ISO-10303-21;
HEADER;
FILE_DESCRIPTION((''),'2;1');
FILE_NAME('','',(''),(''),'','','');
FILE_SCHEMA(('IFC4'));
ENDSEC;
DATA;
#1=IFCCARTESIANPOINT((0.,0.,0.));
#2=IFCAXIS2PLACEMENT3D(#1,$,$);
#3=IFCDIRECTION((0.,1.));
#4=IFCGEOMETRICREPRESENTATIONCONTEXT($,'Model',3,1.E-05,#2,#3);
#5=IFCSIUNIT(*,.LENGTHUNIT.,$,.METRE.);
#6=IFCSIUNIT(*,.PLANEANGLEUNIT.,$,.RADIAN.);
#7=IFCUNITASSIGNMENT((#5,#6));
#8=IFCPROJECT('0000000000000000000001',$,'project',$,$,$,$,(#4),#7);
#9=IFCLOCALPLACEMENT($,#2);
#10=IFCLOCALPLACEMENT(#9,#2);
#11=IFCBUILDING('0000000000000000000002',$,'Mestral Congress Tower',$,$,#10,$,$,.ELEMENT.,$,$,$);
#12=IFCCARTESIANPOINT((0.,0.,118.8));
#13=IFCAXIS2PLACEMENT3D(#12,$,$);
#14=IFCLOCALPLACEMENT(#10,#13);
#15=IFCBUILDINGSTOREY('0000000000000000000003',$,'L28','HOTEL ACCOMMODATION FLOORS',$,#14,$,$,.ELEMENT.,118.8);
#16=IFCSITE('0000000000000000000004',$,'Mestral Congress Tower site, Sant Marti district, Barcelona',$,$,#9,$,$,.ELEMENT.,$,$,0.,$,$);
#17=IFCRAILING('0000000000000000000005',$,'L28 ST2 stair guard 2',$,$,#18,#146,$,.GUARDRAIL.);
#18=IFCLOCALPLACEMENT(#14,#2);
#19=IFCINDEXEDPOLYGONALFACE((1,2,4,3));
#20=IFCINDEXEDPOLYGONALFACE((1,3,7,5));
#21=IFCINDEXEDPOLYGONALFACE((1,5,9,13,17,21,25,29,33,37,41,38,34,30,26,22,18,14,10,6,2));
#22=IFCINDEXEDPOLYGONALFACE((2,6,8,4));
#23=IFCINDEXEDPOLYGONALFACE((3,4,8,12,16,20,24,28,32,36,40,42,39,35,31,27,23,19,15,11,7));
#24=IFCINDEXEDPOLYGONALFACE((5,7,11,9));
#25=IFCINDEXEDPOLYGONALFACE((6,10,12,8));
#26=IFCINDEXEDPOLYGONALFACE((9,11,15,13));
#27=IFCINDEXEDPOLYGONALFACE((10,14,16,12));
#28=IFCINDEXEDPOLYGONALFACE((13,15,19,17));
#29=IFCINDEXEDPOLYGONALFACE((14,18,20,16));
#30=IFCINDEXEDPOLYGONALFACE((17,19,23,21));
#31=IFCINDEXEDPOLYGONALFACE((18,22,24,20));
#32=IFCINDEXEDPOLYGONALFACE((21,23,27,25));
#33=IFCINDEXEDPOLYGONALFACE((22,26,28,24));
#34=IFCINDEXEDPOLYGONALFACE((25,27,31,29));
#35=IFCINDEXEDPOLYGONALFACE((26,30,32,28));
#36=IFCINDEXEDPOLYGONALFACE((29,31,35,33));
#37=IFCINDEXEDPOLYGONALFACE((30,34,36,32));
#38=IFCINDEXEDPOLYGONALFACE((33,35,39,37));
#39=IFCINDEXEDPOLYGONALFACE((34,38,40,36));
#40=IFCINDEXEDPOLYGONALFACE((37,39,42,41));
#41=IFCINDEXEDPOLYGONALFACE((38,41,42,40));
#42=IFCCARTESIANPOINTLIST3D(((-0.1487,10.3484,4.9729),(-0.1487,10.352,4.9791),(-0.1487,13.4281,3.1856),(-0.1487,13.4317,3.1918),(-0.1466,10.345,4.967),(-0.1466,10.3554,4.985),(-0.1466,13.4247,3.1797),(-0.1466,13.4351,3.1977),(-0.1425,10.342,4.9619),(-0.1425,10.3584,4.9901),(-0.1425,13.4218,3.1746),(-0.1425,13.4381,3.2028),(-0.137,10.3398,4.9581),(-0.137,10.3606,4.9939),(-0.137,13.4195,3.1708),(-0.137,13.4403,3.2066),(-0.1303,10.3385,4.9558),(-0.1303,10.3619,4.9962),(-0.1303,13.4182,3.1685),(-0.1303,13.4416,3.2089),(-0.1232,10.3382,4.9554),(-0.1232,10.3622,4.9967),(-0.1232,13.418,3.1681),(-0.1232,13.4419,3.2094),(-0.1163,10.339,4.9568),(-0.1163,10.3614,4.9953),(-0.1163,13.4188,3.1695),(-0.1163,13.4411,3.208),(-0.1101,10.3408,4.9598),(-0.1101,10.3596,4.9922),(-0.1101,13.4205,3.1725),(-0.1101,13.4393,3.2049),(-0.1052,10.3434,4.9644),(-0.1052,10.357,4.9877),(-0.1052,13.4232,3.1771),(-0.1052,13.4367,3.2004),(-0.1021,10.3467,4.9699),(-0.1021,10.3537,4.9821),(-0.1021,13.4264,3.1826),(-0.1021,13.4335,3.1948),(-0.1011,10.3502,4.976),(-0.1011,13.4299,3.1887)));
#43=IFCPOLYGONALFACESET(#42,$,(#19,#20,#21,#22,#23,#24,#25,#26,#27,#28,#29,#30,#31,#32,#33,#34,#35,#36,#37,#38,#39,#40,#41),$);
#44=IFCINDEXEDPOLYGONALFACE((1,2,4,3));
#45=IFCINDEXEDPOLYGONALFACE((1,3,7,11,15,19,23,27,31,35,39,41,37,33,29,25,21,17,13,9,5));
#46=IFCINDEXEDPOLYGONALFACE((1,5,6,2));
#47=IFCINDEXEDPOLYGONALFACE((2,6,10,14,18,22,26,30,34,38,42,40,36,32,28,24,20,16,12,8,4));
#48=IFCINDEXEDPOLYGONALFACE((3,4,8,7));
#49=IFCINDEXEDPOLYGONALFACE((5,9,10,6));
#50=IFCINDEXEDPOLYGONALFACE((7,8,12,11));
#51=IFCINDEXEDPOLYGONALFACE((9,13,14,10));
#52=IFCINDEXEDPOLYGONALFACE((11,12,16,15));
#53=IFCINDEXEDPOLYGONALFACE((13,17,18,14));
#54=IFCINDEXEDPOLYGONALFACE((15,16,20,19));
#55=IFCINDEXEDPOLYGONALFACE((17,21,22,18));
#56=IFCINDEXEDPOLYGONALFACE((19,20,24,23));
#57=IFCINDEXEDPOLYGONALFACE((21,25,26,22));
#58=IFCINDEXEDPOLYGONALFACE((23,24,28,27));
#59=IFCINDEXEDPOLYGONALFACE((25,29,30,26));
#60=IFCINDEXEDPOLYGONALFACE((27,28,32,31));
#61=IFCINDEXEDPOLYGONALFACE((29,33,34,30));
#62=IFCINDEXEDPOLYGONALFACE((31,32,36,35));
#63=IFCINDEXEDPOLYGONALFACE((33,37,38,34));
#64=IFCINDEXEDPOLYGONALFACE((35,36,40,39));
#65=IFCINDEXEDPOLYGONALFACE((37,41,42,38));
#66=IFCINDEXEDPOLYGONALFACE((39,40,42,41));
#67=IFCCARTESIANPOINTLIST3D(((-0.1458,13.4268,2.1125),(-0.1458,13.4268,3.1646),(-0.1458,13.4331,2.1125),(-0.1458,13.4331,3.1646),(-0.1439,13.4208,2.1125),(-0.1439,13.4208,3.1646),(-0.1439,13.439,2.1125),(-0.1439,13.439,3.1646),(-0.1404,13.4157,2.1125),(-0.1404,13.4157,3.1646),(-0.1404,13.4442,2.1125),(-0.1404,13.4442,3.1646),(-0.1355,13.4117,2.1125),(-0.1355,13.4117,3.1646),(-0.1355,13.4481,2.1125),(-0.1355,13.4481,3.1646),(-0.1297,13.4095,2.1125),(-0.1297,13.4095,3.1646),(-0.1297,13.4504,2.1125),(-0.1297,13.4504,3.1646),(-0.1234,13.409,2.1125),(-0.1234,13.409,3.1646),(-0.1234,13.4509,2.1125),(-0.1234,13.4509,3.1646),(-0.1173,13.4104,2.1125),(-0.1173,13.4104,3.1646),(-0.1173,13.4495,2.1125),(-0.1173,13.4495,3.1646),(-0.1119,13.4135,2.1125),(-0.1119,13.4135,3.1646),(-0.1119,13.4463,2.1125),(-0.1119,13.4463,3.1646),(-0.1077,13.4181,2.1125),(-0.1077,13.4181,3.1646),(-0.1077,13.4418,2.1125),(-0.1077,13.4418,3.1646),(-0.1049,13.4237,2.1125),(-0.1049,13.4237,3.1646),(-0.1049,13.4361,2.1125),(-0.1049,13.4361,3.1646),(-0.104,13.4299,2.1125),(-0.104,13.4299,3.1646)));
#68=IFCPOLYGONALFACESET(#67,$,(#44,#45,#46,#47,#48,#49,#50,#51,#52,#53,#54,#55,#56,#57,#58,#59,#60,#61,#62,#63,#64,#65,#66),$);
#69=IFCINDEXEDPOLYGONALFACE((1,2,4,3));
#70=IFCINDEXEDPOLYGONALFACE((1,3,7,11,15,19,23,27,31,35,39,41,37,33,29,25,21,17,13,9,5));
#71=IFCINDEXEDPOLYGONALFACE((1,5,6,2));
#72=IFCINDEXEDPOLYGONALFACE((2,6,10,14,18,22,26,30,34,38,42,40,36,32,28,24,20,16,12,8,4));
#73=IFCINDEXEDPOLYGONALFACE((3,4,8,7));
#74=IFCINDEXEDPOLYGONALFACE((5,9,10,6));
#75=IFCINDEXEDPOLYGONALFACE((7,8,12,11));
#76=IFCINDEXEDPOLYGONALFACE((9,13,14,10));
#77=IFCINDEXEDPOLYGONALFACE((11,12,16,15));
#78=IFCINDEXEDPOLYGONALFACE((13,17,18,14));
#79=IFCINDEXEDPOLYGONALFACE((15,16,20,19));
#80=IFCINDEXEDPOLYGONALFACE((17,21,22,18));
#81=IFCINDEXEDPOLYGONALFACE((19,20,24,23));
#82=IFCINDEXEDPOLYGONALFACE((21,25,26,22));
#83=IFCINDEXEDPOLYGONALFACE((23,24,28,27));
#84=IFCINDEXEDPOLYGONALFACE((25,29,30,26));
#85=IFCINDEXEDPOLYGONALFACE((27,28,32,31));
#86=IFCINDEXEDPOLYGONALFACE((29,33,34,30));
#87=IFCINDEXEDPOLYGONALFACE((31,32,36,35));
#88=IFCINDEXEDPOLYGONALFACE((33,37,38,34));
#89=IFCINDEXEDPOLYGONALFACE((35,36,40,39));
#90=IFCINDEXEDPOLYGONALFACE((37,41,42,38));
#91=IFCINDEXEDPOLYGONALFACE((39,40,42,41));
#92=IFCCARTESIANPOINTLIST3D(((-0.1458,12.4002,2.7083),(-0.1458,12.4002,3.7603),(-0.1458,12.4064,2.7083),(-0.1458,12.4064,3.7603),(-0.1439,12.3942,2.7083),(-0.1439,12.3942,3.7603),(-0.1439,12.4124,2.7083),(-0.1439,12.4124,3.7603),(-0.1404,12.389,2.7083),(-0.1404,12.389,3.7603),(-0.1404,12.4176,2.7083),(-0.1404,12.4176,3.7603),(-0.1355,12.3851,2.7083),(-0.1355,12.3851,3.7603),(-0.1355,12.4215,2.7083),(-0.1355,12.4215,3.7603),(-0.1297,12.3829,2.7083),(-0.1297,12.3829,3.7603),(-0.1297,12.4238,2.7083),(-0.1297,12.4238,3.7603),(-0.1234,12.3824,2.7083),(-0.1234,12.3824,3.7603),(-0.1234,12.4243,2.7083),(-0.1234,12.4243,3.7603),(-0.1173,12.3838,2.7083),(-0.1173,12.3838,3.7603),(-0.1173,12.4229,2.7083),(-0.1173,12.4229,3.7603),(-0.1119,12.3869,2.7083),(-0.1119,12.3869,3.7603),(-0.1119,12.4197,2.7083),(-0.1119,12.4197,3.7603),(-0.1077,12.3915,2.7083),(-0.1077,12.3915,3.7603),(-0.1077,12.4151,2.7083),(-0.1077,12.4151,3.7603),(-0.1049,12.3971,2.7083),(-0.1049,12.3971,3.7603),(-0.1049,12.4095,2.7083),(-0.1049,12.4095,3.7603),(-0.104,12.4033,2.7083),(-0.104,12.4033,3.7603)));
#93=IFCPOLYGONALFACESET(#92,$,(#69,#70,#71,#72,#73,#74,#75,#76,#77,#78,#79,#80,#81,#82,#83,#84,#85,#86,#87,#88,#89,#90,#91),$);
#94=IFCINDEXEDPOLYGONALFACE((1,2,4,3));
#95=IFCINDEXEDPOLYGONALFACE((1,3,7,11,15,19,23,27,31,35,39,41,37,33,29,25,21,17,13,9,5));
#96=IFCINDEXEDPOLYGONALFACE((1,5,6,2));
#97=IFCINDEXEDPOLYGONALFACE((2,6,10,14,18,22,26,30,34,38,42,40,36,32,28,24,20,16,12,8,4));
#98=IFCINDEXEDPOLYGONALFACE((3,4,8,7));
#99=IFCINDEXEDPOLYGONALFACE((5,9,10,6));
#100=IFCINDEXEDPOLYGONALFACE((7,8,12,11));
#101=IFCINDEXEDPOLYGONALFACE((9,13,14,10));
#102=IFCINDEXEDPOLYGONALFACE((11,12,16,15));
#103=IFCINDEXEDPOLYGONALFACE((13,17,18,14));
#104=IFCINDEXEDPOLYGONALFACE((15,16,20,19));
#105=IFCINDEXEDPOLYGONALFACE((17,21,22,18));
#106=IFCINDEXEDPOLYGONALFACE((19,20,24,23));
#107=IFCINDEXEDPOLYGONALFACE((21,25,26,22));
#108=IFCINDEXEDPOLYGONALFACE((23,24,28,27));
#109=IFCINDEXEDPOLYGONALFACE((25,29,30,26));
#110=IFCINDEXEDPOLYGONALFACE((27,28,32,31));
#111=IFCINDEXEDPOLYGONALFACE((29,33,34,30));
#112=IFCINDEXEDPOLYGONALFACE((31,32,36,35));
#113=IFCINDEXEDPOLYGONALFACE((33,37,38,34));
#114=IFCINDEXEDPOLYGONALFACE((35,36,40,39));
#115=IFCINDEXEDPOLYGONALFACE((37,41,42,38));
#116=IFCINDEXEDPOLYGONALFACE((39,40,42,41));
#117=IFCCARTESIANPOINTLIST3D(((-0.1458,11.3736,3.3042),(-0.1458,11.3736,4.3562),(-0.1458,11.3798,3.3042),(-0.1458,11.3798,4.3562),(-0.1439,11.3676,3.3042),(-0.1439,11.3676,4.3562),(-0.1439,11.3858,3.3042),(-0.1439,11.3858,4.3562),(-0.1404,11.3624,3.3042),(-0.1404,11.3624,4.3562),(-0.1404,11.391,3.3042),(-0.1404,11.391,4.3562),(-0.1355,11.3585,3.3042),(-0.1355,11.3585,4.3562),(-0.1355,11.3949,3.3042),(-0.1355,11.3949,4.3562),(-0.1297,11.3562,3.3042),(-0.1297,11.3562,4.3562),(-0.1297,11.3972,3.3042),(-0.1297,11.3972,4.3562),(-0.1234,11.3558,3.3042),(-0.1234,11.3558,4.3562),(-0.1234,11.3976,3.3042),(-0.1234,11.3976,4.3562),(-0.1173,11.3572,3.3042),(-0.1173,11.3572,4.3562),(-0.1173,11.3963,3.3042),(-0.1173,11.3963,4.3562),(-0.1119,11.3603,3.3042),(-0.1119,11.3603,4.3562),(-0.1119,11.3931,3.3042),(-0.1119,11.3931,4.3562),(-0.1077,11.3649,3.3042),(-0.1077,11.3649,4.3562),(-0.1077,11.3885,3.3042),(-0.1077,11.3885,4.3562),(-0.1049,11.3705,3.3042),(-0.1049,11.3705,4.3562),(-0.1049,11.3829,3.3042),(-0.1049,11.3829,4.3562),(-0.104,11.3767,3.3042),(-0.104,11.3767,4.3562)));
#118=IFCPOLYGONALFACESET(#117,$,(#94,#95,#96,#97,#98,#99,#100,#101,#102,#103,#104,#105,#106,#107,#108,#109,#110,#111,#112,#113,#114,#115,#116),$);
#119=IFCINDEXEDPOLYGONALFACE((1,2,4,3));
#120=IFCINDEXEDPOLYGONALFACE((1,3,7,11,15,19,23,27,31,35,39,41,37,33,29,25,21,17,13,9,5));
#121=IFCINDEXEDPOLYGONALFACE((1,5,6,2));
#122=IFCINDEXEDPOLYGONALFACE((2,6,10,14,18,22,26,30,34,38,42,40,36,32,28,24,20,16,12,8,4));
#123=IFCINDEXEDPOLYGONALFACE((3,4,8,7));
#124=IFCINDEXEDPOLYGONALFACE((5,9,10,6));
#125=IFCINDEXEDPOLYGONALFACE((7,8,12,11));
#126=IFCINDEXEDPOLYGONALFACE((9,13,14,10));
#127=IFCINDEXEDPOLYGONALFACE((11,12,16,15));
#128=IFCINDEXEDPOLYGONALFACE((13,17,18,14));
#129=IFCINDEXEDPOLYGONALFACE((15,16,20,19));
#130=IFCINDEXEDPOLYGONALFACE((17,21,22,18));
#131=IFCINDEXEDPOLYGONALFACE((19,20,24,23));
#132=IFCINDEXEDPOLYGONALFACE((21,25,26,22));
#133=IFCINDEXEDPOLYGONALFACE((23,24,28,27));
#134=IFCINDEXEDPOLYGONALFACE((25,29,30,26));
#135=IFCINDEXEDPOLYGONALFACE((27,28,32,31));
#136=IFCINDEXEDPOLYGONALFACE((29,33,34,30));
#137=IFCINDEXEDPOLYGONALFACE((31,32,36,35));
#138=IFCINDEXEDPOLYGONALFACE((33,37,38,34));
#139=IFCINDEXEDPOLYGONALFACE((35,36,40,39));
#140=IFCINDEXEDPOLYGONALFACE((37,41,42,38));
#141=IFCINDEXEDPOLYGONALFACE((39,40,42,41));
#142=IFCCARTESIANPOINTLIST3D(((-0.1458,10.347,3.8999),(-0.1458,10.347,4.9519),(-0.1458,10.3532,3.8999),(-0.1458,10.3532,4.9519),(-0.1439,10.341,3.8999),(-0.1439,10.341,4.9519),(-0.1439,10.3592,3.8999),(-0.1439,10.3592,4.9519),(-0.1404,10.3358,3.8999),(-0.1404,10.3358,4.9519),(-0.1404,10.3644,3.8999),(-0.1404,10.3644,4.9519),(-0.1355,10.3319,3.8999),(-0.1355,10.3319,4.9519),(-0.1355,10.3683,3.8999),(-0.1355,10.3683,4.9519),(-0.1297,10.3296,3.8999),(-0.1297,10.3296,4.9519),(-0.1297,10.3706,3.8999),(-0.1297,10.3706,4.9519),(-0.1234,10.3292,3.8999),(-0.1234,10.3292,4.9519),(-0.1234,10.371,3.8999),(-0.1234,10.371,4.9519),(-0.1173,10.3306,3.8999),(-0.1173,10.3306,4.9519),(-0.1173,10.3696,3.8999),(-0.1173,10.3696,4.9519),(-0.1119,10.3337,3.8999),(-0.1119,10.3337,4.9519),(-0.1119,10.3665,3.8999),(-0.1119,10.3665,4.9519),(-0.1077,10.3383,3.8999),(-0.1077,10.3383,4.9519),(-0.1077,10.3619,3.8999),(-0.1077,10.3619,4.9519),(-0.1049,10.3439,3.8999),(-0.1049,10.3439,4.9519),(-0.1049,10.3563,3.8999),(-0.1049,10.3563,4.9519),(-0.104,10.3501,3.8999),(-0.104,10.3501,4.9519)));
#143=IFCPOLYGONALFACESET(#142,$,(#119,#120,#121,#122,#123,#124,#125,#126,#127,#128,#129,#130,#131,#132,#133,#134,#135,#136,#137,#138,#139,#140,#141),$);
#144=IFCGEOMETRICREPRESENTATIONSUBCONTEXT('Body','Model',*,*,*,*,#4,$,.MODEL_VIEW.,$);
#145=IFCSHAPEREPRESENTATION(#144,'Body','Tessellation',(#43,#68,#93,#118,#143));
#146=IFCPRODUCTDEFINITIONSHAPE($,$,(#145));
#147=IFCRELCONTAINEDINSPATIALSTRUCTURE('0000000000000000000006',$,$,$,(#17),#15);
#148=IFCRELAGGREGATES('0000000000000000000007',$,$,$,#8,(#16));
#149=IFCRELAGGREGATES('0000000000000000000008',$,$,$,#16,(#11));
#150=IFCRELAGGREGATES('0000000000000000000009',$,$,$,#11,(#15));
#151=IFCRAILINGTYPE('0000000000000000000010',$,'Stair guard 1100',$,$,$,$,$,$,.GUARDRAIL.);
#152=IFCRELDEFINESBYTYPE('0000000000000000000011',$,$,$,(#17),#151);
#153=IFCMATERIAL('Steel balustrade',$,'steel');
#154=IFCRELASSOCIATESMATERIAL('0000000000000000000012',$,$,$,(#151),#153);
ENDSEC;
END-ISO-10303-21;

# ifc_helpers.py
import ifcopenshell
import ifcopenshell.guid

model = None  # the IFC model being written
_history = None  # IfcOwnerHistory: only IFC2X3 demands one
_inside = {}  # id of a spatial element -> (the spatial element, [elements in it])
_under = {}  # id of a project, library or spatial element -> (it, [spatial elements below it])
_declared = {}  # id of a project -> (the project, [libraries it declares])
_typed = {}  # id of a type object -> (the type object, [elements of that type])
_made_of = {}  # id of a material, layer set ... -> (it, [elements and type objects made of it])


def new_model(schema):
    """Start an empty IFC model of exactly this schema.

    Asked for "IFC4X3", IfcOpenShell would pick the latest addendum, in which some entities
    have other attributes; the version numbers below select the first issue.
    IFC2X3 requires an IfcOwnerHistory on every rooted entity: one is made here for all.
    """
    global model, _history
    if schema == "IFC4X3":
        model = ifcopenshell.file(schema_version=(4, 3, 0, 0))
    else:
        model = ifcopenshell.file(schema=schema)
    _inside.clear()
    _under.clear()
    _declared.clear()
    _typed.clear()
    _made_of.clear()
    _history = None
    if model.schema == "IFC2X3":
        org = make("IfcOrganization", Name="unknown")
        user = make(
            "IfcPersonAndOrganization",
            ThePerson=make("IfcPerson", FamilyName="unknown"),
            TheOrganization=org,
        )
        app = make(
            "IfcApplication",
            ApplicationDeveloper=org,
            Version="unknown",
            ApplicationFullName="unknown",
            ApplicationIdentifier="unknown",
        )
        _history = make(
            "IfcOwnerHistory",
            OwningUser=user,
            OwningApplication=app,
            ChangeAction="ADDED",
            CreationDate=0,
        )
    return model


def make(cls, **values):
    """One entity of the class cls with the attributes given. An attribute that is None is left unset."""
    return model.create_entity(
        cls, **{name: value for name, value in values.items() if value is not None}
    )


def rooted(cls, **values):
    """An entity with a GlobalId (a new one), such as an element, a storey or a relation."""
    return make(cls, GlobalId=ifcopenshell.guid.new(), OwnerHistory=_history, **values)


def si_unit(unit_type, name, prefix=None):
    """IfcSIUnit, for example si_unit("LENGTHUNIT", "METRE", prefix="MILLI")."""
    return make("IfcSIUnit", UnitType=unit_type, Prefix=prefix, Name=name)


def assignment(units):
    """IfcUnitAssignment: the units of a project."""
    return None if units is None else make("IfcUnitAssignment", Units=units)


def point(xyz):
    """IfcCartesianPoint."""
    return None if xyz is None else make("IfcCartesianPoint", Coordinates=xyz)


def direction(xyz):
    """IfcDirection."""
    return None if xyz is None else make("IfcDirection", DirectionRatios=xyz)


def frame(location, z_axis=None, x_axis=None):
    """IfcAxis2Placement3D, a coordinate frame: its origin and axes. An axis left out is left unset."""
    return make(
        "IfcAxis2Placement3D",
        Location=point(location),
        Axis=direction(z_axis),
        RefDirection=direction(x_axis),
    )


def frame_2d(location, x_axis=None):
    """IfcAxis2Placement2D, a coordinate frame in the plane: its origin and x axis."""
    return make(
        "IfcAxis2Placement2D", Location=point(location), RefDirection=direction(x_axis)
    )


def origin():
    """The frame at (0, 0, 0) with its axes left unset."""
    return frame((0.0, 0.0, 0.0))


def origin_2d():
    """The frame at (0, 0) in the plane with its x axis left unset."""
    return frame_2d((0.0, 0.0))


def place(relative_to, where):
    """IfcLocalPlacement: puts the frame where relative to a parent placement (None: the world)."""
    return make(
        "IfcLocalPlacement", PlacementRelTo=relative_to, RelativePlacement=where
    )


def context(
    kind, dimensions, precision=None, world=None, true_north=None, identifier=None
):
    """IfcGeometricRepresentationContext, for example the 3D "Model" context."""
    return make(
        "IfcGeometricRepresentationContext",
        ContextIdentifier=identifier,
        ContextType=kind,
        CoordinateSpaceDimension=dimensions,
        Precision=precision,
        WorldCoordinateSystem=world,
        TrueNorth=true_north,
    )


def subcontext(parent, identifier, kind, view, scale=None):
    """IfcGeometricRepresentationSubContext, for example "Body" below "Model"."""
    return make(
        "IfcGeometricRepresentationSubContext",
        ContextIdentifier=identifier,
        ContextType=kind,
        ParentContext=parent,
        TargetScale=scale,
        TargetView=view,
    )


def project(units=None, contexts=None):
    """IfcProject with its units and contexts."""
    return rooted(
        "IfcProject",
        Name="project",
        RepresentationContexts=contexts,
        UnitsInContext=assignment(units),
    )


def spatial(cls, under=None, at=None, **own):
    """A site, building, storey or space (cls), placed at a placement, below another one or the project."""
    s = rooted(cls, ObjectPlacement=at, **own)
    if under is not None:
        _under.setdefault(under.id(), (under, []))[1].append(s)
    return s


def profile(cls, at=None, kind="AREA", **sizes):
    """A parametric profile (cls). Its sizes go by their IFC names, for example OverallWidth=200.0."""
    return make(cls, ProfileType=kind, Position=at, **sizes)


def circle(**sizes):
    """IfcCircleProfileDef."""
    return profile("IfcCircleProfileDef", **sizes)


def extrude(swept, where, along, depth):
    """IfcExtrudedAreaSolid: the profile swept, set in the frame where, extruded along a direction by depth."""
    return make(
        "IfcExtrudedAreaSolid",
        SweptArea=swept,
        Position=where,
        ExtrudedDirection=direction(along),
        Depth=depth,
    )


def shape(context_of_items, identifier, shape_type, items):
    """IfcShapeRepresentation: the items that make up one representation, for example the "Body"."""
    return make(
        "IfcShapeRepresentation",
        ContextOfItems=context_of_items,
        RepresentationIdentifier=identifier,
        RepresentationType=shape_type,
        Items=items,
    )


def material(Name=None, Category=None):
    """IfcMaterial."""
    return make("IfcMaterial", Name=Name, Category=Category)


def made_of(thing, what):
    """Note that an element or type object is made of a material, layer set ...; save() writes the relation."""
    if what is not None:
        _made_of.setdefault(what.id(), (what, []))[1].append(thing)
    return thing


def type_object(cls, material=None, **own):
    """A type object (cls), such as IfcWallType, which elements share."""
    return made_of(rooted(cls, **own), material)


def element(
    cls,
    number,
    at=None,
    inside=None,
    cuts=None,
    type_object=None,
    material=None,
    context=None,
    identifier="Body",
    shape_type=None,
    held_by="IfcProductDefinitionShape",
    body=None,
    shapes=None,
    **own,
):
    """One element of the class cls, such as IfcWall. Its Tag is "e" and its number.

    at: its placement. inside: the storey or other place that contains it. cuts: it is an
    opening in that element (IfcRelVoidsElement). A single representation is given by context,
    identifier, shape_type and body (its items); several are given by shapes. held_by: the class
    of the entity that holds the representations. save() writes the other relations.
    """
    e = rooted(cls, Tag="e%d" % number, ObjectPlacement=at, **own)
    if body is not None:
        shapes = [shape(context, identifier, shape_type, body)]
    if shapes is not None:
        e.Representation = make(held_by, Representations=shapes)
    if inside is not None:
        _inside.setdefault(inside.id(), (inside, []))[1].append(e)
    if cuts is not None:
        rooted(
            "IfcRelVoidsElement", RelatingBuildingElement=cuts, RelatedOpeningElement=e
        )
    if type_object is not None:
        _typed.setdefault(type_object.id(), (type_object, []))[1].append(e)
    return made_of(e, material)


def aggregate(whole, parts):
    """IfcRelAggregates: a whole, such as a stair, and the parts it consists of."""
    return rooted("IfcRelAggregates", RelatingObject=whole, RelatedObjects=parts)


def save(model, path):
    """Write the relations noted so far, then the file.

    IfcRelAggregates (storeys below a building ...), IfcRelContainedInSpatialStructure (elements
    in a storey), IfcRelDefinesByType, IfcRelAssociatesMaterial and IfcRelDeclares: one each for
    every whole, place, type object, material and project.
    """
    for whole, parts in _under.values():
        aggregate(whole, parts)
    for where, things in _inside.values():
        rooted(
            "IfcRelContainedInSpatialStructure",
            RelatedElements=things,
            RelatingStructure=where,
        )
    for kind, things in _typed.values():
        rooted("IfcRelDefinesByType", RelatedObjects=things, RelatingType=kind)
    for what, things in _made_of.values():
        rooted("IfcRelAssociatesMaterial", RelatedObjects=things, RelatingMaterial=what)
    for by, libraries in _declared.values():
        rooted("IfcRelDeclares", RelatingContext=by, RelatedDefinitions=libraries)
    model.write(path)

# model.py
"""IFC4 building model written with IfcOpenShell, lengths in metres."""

from ifc_helpers import new_model, si_unit, direction, frame, origin, origin_2d, place, context, subcontext, project, spatial, circle, extrude, material, type_object, element, save


model = new_model("IFC4")

# Units and contexts
model_context = context("Model", 3, precision=1e-05, world=origin(), true_north=direction((0.0, 1.0)))
body_context = subcontext(model_context, "Body", "Model", "MODEL_VIEW")
ifc_project = project(units=[si_unit("LENGTHUNIT", "METRE"), si_unit("PLANEANGLEUNIT", "RADIAN")], contexts=[model_context])

# Site, building, storey
site_placement = place(None, origin())
site = spatial("IfcSite", under=ifc_project, at=site_placement, Name="Mestral Congress Tower site, Sant Marti district, Barcelona", CompositionType="ELEMENT", RefElevation=0.0)
building_placement = place(site_placement, origin())
building = spatial("IfcBuilding", under=site, at=building_placement, Name="Mestral Congress Tower", CompositionType="ELEMENT")
storey_placement = place(building_placement, frame((0.0, 0.0, 118.8)))
storey = spatial("IfcBuildingStorey", under=building, at=storey_placement, Name="L28", Description="HOTEL ACCOMMODATION FLOORS", CompositionType="ELEMENT", Elevation=118.8)

# Railing
ifc_material_1 = material(Name="Steel balustrade", Category="steel")
railing_type = type_object("IfcRailingType", Name="Stair guard 1100", PredefinedType="GUARDRAIL", material=ifc_material_1)
railing_placement = place(storey_placement, frame((-0.125, 13.4299, 2.1125)))
element("IfcRailing", 1, at=railing_placement, inside=storey, type_object=railing_type, Name="L28 ST2 stair guard 2", PredefinedType="GUARDRAIL", context=body_context, shape_type="SweptSolid", body=[
    extrude(circle(Radius=0.0239, at=origin_2d()), frame((0.0, 0.0, 1.0762), z_axis=(0.0, -0.864903, 0.501939), x_axis=(1.0, 0.0, 0.0)), (0.0, 0.0, 1.0), 3.5608),
    extrude(circle(Radius=0.021, at=origin_2d()), origin(), (0.0, 0.0, 1.0), 1.052),
    extrude(circle(Radius=0.021, at=origin_2d()), frame((0.0, -1.0266, 0.5957)), (0.0, 0.0, 1.0), 1.052),
    extrude(circle(Radius=0.021, at=origin_2d()), frame((0.0, -2.0532, 1.1917)), (0.0, 0.0, 1.0), 1.052),
    extrude(circle(Radius=0.021, at=origin_2d()), frame((0.0, -3.0798, 1.7874)), (0.0, 0.0, 1.0), 1.052),
])

save(model, "model.ifc")
